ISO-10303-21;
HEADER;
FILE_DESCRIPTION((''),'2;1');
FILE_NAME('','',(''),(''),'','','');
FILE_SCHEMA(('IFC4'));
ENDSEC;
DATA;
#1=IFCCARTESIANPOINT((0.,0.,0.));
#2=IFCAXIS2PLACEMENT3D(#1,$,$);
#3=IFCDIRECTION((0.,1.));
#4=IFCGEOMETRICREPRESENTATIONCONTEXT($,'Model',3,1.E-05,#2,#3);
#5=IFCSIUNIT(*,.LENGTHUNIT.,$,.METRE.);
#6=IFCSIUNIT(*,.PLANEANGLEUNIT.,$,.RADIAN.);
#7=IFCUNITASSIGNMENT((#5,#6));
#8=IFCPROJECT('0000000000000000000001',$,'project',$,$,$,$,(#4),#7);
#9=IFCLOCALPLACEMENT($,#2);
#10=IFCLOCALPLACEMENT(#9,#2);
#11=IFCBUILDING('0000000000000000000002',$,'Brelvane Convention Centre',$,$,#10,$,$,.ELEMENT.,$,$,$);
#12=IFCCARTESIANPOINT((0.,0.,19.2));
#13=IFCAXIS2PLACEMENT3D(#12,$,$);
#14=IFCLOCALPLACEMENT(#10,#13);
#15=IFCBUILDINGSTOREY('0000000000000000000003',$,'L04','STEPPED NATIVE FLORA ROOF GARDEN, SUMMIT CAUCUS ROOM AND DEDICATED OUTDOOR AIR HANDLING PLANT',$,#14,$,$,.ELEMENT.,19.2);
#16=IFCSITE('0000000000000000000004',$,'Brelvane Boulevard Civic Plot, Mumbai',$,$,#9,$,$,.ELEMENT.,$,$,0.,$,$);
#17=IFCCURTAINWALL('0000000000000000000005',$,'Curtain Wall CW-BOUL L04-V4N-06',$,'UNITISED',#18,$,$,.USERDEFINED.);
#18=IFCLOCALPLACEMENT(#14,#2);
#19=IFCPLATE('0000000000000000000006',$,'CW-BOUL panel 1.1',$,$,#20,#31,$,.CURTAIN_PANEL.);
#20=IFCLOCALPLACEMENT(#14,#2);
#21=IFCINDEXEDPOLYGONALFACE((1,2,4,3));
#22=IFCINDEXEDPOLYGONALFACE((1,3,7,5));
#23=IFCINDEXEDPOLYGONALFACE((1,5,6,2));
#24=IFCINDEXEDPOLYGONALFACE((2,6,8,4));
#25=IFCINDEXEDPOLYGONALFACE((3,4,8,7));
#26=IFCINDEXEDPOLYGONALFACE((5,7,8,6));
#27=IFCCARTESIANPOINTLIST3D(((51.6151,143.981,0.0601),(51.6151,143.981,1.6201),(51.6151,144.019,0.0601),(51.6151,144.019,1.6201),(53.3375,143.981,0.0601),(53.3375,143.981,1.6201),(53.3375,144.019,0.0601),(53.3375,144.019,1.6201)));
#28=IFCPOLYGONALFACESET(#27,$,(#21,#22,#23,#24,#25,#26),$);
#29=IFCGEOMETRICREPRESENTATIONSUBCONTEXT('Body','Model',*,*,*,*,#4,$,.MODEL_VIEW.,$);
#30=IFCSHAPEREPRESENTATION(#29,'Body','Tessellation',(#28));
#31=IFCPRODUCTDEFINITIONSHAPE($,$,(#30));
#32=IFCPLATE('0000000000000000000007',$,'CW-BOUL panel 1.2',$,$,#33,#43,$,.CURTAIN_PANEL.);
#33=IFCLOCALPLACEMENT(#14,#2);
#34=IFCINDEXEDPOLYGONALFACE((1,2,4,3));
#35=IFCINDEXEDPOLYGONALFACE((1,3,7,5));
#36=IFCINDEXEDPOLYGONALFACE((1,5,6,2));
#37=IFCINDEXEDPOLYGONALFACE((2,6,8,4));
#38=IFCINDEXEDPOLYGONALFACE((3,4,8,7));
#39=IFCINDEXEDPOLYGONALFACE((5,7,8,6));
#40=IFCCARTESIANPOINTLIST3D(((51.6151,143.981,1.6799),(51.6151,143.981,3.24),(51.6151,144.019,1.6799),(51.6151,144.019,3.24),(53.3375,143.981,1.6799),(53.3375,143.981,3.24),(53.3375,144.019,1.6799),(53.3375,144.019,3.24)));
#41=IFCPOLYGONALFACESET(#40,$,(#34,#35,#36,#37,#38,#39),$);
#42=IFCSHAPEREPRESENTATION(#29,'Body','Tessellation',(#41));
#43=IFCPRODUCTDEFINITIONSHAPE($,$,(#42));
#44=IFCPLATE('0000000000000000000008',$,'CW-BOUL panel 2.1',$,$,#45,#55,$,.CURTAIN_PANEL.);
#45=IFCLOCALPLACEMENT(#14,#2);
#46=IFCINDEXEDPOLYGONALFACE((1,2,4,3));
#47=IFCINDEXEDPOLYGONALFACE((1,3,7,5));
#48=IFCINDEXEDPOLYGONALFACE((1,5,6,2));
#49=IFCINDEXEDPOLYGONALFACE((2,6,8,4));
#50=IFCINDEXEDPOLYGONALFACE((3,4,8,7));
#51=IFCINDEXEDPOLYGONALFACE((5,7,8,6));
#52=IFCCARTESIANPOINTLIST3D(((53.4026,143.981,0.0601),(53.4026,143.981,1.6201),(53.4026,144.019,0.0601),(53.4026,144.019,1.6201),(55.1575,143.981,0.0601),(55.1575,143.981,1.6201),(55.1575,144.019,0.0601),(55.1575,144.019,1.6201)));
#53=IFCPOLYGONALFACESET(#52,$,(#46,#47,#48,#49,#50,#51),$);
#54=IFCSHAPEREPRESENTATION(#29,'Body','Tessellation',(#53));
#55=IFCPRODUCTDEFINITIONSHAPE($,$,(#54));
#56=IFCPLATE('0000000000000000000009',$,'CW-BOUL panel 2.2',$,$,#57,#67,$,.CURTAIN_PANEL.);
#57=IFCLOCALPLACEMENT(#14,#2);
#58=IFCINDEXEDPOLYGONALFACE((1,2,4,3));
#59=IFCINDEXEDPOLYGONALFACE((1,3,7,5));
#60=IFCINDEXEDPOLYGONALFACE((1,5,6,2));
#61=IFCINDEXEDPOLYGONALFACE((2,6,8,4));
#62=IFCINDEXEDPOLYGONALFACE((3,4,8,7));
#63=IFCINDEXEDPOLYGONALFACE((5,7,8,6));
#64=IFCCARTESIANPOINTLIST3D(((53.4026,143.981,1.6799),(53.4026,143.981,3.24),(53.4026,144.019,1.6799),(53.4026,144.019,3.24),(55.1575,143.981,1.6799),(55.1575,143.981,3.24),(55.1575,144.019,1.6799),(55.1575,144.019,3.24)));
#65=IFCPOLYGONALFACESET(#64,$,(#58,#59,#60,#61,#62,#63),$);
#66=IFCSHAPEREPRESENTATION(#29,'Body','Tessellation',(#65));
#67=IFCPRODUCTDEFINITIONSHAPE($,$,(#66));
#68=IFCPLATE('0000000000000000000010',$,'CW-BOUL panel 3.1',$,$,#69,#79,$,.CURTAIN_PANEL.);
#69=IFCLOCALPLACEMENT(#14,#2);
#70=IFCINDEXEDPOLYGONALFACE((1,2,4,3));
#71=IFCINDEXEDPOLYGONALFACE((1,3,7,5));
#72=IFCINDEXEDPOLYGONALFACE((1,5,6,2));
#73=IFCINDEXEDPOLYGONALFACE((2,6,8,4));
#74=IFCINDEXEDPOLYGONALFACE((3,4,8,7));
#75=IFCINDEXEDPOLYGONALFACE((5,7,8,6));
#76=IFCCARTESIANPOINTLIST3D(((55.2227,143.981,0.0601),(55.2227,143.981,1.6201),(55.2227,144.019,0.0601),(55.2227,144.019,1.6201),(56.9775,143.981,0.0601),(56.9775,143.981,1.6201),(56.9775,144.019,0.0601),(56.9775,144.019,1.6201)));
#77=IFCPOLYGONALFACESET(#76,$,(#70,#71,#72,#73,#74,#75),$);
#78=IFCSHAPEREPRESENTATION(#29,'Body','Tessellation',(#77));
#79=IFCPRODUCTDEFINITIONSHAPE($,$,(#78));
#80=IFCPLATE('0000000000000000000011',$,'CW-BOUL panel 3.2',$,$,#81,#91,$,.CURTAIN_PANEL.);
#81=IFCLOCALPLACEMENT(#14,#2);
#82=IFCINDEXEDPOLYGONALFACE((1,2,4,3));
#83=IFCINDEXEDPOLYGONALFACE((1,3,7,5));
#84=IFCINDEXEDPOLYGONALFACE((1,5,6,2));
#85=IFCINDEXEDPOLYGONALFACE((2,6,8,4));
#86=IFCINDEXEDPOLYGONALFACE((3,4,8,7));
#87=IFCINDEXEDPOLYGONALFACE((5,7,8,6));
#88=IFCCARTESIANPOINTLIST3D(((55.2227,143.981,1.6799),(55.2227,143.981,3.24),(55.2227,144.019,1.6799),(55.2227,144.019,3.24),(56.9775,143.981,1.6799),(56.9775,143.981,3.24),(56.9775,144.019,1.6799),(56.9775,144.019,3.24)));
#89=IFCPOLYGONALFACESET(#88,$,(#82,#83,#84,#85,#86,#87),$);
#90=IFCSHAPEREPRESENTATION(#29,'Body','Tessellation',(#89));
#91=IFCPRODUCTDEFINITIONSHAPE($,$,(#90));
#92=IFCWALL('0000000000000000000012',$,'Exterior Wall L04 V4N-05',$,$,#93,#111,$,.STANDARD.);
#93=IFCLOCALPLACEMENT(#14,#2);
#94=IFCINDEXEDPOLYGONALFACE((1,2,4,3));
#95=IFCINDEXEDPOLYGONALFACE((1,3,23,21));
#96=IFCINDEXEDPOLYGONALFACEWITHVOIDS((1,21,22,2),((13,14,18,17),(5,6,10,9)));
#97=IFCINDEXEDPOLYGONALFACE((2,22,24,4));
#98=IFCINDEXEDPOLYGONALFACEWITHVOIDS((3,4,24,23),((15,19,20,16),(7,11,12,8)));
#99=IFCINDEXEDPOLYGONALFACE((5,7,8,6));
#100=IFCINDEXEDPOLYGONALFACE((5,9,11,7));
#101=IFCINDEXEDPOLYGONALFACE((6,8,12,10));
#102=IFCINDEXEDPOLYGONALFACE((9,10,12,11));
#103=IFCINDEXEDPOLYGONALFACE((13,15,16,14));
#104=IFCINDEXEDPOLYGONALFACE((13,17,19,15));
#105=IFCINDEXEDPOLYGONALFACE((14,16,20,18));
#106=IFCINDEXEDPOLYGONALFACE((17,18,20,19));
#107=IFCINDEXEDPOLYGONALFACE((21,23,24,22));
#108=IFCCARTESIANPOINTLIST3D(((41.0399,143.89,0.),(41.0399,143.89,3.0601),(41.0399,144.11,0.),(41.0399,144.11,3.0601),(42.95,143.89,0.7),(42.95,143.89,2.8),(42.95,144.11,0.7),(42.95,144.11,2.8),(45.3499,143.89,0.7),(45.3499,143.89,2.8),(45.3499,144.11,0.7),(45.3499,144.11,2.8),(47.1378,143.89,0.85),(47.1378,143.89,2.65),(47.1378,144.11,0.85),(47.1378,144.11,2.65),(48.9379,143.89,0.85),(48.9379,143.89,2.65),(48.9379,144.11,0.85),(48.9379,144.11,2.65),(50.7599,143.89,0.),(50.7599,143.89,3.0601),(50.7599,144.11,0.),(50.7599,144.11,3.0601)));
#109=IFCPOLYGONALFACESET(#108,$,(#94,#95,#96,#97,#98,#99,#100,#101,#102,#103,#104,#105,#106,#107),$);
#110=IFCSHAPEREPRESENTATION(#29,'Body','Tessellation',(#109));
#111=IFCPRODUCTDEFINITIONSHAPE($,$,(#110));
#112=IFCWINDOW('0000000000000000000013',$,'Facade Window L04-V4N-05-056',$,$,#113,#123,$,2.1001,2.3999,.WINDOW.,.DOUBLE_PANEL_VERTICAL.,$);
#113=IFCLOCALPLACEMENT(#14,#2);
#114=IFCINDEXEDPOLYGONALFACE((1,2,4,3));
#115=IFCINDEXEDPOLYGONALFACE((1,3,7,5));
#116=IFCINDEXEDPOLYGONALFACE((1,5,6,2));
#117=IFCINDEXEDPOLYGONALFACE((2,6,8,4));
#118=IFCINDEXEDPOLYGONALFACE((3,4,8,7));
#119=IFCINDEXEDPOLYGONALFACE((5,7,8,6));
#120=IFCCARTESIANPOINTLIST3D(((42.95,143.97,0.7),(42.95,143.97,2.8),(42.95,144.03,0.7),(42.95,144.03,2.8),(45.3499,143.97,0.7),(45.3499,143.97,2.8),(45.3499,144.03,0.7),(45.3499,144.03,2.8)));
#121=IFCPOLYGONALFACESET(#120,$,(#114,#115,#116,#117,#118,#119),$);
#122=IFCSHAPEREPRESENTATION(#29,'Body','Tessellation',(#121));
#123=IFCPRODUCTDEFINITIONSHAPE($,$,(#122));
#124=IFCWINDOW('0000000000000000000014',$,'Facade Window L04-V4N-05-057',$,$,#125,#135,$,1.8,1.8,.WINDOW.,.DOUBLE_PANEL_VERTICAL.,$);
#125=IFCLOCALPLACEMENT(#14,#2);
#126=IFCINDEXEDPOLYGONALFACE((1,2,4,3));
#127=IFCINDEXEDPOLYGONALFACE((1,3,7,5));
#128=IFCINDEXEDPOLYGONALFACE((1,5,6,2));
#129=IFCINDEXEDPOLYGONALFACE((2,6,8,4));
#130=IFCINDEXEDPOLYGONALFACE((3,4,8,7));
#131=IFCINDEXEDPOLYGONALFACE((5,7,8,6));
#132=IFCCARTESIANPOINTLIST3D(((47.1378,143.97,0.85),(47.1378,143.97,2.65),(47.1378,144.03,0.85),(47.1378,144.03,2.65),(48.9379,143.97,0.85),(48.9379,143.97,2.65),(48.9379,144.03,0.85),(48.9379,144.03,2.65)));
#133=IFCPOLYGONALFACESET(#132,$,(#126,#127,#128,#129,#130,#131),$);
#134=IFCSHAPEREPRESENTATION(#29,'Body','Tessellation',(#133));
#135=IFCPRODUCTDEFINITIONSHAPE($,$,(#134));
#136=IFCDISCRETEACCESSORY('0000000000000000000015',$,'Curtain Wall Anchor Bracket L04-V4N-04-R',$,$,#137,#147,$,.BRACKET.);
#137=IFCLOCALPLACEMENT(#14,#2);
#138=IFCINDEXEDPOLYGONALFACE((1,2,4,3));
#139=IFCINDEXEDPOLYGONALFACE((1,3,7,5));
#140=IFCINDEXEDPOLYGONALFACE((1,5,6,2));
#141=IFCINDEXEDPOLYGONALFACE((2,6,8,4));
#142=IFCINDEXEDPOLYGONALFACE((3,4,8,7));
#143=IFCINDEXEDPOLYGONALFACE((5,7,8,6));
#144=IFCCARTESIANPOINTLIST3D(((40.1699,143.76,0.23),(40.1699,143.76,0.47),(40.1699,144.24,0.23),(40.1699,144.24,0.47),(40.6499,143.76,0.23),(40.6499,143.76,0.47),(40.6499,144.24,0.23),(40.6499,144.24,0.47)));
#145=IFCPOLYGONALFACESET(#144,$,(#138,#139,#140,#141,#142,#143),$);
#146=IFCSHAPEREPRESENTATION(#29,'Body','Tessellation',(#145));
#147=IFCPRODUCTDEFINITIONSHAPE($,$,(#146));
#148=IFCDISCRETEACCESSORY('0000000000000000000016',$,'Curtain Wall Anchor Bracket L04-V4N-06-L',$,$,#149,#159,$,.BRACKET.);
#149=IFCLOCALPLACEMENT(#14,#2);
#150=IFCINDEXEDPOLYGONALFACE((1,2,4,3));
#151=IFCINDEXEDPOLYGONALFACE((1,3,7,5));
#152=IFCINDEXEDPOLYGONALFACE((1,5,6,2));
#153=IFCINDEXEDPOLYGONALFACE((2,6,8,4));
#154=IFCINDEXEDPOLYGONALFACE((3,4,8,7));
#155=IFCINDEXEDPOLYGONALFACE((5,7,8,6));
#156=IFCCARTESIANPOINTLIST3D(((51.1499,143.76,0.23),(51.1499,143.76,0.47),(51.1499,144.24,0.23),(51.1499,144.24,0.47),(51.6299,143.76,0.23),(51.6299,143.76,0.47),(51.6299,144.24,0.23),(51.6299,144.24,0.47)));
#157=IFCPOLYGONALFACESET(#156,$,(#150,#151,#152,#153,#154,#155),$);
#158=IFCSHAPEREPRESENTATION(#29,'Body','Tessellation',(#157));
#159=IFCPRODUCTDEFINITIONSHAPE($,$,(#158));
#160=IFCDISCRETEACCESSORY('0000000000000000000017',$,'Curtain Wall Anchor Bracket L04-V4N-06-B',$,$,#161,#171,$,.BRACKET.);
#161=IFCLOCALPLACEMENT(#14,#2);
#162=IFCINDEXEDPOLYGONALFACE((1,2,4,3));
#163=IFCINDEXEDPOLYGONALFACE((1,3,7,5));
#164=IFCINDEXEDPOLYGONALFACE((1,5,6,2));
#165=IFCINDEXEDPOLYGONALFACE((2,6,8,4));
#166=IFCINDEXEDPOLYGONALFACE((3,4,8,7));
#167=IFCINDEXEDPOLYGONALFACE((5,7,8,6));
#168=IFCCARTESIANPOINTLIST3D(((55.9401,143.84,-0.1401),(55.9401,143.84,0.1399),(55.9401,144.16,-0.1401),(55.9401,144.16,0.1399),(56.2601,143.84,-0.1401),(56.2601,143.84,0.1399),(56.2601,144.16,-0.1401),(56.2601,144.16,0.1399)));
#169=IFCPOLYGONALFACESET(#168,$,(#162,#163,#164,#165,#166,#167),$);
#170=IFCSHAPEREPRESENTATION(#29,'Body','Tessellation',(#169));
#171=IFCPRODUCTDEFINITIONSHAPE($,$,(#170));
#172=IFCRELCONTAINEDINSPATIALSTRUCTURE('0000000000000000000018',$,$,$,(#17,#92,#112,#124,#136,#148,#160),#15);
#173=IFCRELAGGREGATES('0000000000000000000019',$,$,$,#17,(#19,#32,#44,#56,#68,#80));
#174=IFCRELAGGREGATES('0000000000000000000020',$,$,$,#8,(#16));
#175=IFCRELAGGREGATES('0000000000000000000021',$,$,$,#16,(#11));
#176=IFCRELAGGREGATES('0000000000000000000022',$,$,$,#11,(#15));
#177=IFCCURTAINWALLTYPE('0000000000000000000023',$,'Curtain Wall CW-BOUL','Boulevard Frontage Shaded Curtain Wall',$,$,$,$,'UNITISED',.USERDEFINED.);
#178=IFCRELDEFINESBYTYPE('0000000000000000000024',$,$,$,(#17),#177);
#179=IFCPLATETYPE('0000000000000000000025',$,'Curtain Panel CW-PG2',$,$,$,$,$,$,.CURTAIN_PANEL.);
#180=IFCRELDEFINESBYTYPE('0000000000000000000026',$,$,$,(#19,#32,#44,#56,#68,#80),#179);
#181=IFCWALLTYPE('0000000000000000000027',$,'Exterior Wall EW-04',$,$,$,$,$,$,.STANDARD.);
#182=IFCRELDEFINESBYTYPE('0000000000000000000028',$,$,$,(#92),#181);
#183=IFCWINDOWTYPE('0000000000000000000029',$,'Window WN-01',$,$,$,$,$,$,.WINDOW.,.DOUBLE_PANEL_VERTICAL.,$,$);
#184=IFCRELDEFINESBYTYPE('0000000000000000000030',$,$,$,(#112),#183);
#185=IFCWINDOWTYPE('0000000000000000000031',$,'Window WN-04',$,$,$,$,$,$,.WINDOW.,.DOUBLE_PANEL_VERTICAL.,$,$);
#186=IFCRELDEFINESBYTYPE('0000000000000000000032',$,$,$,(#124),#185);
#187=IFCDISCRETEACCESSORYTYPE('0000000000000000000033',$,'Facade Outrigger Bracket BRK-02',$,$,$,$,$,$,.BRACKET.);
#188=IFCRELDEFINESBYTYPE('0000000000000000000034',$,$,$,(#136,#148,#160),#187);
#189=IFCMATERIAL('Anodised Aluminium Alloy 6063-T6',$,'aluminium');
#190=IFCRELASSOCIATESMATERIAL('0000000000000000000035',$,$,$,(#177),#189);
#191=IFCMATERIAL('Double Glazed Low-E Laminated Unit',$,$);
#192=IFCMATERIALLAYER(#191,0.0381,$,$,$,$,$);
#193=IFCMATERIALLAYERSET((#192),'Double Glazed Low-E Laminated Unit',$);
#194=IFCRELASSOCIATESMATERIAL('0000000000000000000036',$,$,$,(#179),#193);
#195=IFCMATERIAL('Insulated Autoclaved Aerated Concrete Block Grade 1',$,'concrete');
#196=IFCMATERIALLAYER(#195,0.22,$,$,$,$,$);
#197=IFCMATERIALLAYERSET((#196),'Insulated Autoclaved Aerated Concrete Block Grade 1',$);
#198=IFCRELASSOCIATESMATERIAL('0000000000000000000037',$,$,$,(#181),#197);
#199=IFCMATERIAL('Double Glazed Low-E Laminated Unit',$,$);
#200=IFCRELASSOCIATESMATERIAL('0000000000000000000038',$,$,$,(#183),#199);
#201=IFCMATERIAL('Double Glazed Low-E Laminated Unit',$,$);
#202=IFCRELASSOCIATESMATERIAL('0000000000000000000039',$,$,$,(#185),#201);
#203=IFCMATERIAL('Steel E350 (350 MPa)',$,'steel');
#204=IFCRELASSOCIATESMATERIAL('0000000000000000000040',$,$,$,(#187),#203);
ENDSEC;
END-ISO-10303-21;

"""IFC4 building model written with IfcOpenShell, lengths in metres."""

from ifc_helpers import new_model, si_unit, direction, frame, frame_2d, origin, origin_2d, place, context, subcontext, project, spatial, rectangle, extrude, material, layer, layer_set, type_object, element, fill, aggregate, save


model = new_model("IFC4")

# Units and contexts
model_context = context("Model", 3, precision=1e-05, world=origin(), true_north=direction((0.0, 1.0)))
body_context = subcontext(model_context, "Body", "Model", "MODEL_VIEW")
ifc_project = project(units=[si_unit("LENGTHUNIT", "METRE"), si_unit("PLANEANGLEUNIT", "RADIAN")], contexts=[model_context])

# Site, building, storey
site_placement = place(None, origin())
site = spatial("IfcSite", under=ifc_project, at=site_placement, Name="Brelvane Boulevard Civic Plot, Mumbai", CompositionType="ELEMENT", RefElevation=0.0)
building_placement = place(site_placement, origin())
building = spatial("IfcBuilding", under=site, at=building_placement, Name="Brelvane Convention Centre", CompositionType="ELEMENT")
storey_placement = place(building_placement, frame((0.0, 0.0, 19.2)))
storey = spatial("IfcBuildingStorey", under=building, at=storey_placement, Name="L04", Description="STEPPED NATIVE FLORA ROOF GARDEN, SUMMIT CAUCUS ROOM AND DEDICATED OUTDOOR AIR HANDLING PLANT", CompositionType="ELEMENT", Elevation=19.2)

# Shared definitions
ifc_material_1 = material(Name="Anodised Aluminium Alloy 6063-T6", Category="aluminium")
curtain_wall_type = type_object("IfcCurtainWallType", Name="Curtain Wall CW-BOUL", Description="Boulevard Frontage Shaded Curtain Wall", ElementType="UNITISED", PredefinedType="USERDEFINED", material=ifc_material_1)

# Curtain wall
curtain_wall_1_placement = place(storey_placement, origin())
curtain_wall_1 = element("IfcCurtainWall", 1, at=curtain_wall_1_placement, inside=storey, type_object=curtain_wall_type, Name="Curtain Wall CW-BOUL L04-V4N-06", ObjectType="UNITISED", PredefinedType="USERDEFINED")

# Plates
ifc_material_2 = material(Name="Double Glazed Low-E Laminated Unit")
ifc_layer_1 = layer(ifc_material_2, 0.0381)
ifc_layer_set_1 = layer_set([ifc_layer_1], Name="Double Glazed Low-E Laminated Unit")
plate_type = type_object("IfcPlateType", Name="Curtain Panel CW-PG2", PredefinedType="CURTAIN_PANEL", material=ifc_layer_set_1)
plate_1_placement = place(storey_placement, frame((52.4763, 144.0, 0.0601), z_axis=(0.0, 0.0, 1.0), x_axis=(1.0, 0.0, 0.0)))
plate_1 = element("IfcPlate", 2, at=plate_1_placement, type_object=plate_type, Name="CW-BOUL panel 1.1", PredefinedType="CURTAIN_PANEL", context=body_context, shape_type="SweptSolid", body=[
    extrude(rectangle(XDim=1.7224, YDim=0.0381, at=origin_2d()), origin(), (0.0, 0.0, 1.0), 1.5601),
])
plate_2_placement = place(storey_placement, frame((52.4763, 144.0, 1.6799), z_axis=(0.0, 0.0, 1.0), x_axis=(1.0, 0.0, 0.0)))
plate_2 = element("IfcPlate", 3, at=plate_2_placement, type_object=plate_type, Name="CW-BOUL panel 1.2", PredefinedType="CURTAIN_PANEL", context=body_context, shape_type="SweptSolid", body=[
    extrude(rectangle(XDim=1.7224, YDim=0.0381, at=origin_2d()), origin(), (0.0, 0.0, 1.0), 1.5601),
])
plate_3_placement = place(storey_placement, frame((54.28, 144.0, 0.0601), z_axis=(0.0, 0.0, 1.0), x_axis=(1.0, 0.0, 0.0)))
plate_3 = element("IfcPlate", 4, at=plate_3_placement, type_object=plate_type, Name="CW-BOUL panel 2.1", PredefinedType="CURTAIN_PANEL", context=body_context, shape_type="SweptSolid", body=[
    extrude(rectangle(XDim=1.7549, YDim=0.0381, at=origin_2d()), origin(), (0.0, 0.0, 1.0), 1.5601),
])
plate_4_placement = place(storey_placement, frame((54.28, 144.0, 1.6799), z_axis=(0.0, 0.0, 1.0), x_axis=(1.0, 0.0, 0.0)))
plate_4 = element("IfcPlate", 5, at=plate_4_placement, type_object=plate_type, Name="CW-BOUL panel 2.2", PredefinedType="CURTAIN_PANEL", context=body_context, shape_type="SweptSolid", body=[
    extrude(rectangle(XDim=1.7549, YDim=0.0381, at=origin_2d()), origin(), (0.0, 0.0, 1.0), 1.5601),
])
plate_5_placement = place(storey_placement, frame((56.1001, 144.0, 0.0601), z_axis=(0.0, 0.0, 1.0), x_axis=(1.0, 0.0, 0.0)))
plate_5 = element("IfcPlate", 6, at=plate_5_placement, type_object=plate_type, Name="CW-BOUL panel 3.1", PredefinedType="CURTAIN_PANEL", context=body_context, shape_type="SweptSolid", body=[
    extrude(rectangle(XDim=1.7549, YDim=0.0381, at=origin_2d()), origin(), (0.0, 0.0, 1.0), 1.5601),
])
plate_6_placement = place(storey_placement, frame((56.1001, 144.0, 1.6799), z_axis=(0.0, 0.0, 1.0), x_axis=(1.0, 0.0, 0.0)))
plate_6 = element("IfcPlate", 7, at=plate_6_placement, type_object=plate_type, Name="CW-BOUL panel 3.2", PredefinedType="CURTAIN_PANEL", context=body_context, shape_type="SweptSolid", body=[
    extrude(rectangle(XDim=1.7549, YDim=0.0381, at=origin_2d()), origin(), (0.0, 0.0, 1.0), 1.5601),
])
aggregate(curtain_wall_1, [plate_1, plate_2, plate_3, plate_4, plate_5, plate_6])

# Wall, openings, windows
ifc_material_3 = material(Name="Insulated Autoclaved Aerated Concrete Block Grade 1", Category="concrete")
ifc_layer_2 = layer(ifc_material_3, 0.22)
ifc_layer_set_2 = layer_set([ifc_layer_2], Name="Insulated Autoclaved Aerated Concrete Block Grade 1")
wall_type = type_object("IfcWallType", Name="Exterior Wall EW-04", PredefinedType="STANDARD", material=ifc_layer_set_2)
wall_placement = place(storey_placement, frame((41.04, 144.0, 0.0), z_axis=(0.0, 0.0, 1.0), x_axis=(1.0, 0.0, 0.0)))
wall = element("IfcWall", 8, at=wall_placement, inside=storey, type_object=wall_type, Name="Exterior Wall L04 V4N-05", PredefinedType="STANDARD", context=body_context, shape_type="SweptSolid", body=[
    extrude(rectangle(XDim=9.72, YDim=0.22, at=frame_2d((4.8599, 0.0))), origin(), (0.0, 0.0, 1.0), 3.0601),
])
opening_1_placement = place(wall_placement, frame((1.9099, 0.0, 0.7)))
opening_1 = element("IfcOpeningElement", 9, at=opening_1_placement, cuts=wall, PredefinedType="OPENING", context=body_context, shape_type="SweptSolid", body=[
    extrude(rectangle(XDim=2.3999, YDim=2.1001, at=frame_2d((1.2, 1.05))), frame((0.0, 0.1199, 0.0), z_axis=(0.0, -1.0, 0.0), x_axis=(1.0, 0.0, 0.0)), (0.0, 0.0, 1.0), 0.24),
])
opening_2_placement = place(wall_placement, frame((6.0979, 0.0, 0.8501)))
opening_2 = element("IfcOpeningElement", 10, at=opening_2_placement, cuts=wall, PredefinedType="OPENING", context=body_context, shape_type="SweptSolid", body=[
    extrude(rectangle(XDim=1.8, YDim=1.8, at=frame_2d((0.8999, 0.8999))), frame((0.0, 0.1199, 0.0), z_axis=(0.0, -1.0, 0.0), x_axis=(1.0, 0.0, 0.0)), (0.0, 0.0, 1.0), 0.24),
])
ifc_material_4 = material(Name="Double Glazed Low-E Laminated Unit")
window_type_1 = type_object("IfcWindowType", Name="Window WN-01", PartitioningType="DOUBLE_PANEL_VERTICAL", PredefinedType="WINDOW", material=ifc_material_4)
window_1_placement = place(opening_1_placement, origin())
window_1 = element("IfcWindow", 11, at=window_1_placement, inside=storey, type_object=window_type_1, Name="Facade Window L04-V4N-05-056", OverallHeight=2.1001, OverallWidth=2.3999, PartitioningType="DOUBLE_PANEL_VERTICAL", PredefinedType="WINDOW", context=body_context, shape_type="SweptSolid", body=[
    extrude(rectangle(XDim=2.3999, YDim=2.1001, at=frame_2d((1.2, 1.05))), frame((0.0, 0.03, 0.0), z_axis=(0.0, -1.0, 0.0), x_axis=(1.0, 0.0, 0.0)), (0.0, 0.0, 1.0), 0.0601),
])
fill(opening_1, window_1)
ifc_material_5 = material(Name="Double Glazed Low-E Laminated Unit")
window_type_2 = type_object("IfcWindowType", Name="Window WN-04", PartitioningType="DOUBLE_PANEL_VERTICAL", PredefinedType="WINDOW", material=ifc_material_5)
window_2_placement = place(opening_2_placement, origin())
window_2 = element("IfcWindow", 12, at=window_2_placement, inside=storey, type_object=window_type_2, Name="Facade Window L04-V4N-05-057", OverallHeight=1.8, OverallWidth=1.8, PartitioningType="DOUBLE_PANEL_VERTICAL", PredefinedType="WINDOW", context=body_context, shape_type="SweptSolid", body=[
    extrude(rectangle(XDim=1.8, YDim=1.8, at=frame_2d((0.8999, 0.8999))), frame((0.0, 0.03, 0.0), z_axis=(0.0, -1.0, 0.0), x_axis=(1.0, 0.0, 0.0)), (0.0, 0.0, 1.0), 0.0601),
])
fill(opening_2, window_2)

# Discrete accessories
ifc_material_6 = material(Name="Steel E350 (350 MPa)", Category="steel")
discrete_accessory_type = type_object("IfcDiscreteAccessoryType", Name="Facade Outrigger Bracket BRK-02", PredefinedType="BRACKET", material=ifc_material_6)
for number, where, z_axis, x_axis, name in (
    (13, (40.4099, 144.0, 0.23), (0.0, 0.0, 1.0), (1.0, 0.0, 0.0), "Curtain Wall Anchor Bracket L04-V4N-04-R"),
    (14, (51.3899, 144.0, 0.23), (0.0, 0.0, 1.0), (1.0, 0.0, 0.0), "Curtain Wall Anchor Bracket L04-V4N-06-L"),
):
    element("IfcDiscreteAccessory", number, at=place(storey_placement, frame(where, z_axis=z_axis, x_axis=x_axis)), inside=storey, type_object=discrete_accessory_type, Name=name, PredefinedType="BRACKET", context=body_context, shape_type="SweptSolid", body=[
        extrude(rectangle(XDim=0.48, YDim=0.48, at=origin_2d()), origin(), (0.0, 0.0, 1.0), 0.24),
    ])
discrete_accessory_placement = place(storey_placement, frame((56.1001, 144.0, -0.1401), z_axis=(0.0, 0.0, 1.0), x_axis=(1.0, 0.0, 0.0)))
element("IfcDiscreteAccessory", 15, at=discrete_accessory_placement, inside=storey, type_object=discrete_accessory_type, Name="Curtain Wall Anchor Bracket L04-V4N-06-B", PredefinedType="BRACKET", context=body_context, shape_type="SweptSolid", body=[
    extrude(rectangle(XDim=0.3201, YDim=0.3201, at=origin_2d()), origin(), (0.0, 0.0, 1.0), 0.28),
])

save(model, "model.ifc")
